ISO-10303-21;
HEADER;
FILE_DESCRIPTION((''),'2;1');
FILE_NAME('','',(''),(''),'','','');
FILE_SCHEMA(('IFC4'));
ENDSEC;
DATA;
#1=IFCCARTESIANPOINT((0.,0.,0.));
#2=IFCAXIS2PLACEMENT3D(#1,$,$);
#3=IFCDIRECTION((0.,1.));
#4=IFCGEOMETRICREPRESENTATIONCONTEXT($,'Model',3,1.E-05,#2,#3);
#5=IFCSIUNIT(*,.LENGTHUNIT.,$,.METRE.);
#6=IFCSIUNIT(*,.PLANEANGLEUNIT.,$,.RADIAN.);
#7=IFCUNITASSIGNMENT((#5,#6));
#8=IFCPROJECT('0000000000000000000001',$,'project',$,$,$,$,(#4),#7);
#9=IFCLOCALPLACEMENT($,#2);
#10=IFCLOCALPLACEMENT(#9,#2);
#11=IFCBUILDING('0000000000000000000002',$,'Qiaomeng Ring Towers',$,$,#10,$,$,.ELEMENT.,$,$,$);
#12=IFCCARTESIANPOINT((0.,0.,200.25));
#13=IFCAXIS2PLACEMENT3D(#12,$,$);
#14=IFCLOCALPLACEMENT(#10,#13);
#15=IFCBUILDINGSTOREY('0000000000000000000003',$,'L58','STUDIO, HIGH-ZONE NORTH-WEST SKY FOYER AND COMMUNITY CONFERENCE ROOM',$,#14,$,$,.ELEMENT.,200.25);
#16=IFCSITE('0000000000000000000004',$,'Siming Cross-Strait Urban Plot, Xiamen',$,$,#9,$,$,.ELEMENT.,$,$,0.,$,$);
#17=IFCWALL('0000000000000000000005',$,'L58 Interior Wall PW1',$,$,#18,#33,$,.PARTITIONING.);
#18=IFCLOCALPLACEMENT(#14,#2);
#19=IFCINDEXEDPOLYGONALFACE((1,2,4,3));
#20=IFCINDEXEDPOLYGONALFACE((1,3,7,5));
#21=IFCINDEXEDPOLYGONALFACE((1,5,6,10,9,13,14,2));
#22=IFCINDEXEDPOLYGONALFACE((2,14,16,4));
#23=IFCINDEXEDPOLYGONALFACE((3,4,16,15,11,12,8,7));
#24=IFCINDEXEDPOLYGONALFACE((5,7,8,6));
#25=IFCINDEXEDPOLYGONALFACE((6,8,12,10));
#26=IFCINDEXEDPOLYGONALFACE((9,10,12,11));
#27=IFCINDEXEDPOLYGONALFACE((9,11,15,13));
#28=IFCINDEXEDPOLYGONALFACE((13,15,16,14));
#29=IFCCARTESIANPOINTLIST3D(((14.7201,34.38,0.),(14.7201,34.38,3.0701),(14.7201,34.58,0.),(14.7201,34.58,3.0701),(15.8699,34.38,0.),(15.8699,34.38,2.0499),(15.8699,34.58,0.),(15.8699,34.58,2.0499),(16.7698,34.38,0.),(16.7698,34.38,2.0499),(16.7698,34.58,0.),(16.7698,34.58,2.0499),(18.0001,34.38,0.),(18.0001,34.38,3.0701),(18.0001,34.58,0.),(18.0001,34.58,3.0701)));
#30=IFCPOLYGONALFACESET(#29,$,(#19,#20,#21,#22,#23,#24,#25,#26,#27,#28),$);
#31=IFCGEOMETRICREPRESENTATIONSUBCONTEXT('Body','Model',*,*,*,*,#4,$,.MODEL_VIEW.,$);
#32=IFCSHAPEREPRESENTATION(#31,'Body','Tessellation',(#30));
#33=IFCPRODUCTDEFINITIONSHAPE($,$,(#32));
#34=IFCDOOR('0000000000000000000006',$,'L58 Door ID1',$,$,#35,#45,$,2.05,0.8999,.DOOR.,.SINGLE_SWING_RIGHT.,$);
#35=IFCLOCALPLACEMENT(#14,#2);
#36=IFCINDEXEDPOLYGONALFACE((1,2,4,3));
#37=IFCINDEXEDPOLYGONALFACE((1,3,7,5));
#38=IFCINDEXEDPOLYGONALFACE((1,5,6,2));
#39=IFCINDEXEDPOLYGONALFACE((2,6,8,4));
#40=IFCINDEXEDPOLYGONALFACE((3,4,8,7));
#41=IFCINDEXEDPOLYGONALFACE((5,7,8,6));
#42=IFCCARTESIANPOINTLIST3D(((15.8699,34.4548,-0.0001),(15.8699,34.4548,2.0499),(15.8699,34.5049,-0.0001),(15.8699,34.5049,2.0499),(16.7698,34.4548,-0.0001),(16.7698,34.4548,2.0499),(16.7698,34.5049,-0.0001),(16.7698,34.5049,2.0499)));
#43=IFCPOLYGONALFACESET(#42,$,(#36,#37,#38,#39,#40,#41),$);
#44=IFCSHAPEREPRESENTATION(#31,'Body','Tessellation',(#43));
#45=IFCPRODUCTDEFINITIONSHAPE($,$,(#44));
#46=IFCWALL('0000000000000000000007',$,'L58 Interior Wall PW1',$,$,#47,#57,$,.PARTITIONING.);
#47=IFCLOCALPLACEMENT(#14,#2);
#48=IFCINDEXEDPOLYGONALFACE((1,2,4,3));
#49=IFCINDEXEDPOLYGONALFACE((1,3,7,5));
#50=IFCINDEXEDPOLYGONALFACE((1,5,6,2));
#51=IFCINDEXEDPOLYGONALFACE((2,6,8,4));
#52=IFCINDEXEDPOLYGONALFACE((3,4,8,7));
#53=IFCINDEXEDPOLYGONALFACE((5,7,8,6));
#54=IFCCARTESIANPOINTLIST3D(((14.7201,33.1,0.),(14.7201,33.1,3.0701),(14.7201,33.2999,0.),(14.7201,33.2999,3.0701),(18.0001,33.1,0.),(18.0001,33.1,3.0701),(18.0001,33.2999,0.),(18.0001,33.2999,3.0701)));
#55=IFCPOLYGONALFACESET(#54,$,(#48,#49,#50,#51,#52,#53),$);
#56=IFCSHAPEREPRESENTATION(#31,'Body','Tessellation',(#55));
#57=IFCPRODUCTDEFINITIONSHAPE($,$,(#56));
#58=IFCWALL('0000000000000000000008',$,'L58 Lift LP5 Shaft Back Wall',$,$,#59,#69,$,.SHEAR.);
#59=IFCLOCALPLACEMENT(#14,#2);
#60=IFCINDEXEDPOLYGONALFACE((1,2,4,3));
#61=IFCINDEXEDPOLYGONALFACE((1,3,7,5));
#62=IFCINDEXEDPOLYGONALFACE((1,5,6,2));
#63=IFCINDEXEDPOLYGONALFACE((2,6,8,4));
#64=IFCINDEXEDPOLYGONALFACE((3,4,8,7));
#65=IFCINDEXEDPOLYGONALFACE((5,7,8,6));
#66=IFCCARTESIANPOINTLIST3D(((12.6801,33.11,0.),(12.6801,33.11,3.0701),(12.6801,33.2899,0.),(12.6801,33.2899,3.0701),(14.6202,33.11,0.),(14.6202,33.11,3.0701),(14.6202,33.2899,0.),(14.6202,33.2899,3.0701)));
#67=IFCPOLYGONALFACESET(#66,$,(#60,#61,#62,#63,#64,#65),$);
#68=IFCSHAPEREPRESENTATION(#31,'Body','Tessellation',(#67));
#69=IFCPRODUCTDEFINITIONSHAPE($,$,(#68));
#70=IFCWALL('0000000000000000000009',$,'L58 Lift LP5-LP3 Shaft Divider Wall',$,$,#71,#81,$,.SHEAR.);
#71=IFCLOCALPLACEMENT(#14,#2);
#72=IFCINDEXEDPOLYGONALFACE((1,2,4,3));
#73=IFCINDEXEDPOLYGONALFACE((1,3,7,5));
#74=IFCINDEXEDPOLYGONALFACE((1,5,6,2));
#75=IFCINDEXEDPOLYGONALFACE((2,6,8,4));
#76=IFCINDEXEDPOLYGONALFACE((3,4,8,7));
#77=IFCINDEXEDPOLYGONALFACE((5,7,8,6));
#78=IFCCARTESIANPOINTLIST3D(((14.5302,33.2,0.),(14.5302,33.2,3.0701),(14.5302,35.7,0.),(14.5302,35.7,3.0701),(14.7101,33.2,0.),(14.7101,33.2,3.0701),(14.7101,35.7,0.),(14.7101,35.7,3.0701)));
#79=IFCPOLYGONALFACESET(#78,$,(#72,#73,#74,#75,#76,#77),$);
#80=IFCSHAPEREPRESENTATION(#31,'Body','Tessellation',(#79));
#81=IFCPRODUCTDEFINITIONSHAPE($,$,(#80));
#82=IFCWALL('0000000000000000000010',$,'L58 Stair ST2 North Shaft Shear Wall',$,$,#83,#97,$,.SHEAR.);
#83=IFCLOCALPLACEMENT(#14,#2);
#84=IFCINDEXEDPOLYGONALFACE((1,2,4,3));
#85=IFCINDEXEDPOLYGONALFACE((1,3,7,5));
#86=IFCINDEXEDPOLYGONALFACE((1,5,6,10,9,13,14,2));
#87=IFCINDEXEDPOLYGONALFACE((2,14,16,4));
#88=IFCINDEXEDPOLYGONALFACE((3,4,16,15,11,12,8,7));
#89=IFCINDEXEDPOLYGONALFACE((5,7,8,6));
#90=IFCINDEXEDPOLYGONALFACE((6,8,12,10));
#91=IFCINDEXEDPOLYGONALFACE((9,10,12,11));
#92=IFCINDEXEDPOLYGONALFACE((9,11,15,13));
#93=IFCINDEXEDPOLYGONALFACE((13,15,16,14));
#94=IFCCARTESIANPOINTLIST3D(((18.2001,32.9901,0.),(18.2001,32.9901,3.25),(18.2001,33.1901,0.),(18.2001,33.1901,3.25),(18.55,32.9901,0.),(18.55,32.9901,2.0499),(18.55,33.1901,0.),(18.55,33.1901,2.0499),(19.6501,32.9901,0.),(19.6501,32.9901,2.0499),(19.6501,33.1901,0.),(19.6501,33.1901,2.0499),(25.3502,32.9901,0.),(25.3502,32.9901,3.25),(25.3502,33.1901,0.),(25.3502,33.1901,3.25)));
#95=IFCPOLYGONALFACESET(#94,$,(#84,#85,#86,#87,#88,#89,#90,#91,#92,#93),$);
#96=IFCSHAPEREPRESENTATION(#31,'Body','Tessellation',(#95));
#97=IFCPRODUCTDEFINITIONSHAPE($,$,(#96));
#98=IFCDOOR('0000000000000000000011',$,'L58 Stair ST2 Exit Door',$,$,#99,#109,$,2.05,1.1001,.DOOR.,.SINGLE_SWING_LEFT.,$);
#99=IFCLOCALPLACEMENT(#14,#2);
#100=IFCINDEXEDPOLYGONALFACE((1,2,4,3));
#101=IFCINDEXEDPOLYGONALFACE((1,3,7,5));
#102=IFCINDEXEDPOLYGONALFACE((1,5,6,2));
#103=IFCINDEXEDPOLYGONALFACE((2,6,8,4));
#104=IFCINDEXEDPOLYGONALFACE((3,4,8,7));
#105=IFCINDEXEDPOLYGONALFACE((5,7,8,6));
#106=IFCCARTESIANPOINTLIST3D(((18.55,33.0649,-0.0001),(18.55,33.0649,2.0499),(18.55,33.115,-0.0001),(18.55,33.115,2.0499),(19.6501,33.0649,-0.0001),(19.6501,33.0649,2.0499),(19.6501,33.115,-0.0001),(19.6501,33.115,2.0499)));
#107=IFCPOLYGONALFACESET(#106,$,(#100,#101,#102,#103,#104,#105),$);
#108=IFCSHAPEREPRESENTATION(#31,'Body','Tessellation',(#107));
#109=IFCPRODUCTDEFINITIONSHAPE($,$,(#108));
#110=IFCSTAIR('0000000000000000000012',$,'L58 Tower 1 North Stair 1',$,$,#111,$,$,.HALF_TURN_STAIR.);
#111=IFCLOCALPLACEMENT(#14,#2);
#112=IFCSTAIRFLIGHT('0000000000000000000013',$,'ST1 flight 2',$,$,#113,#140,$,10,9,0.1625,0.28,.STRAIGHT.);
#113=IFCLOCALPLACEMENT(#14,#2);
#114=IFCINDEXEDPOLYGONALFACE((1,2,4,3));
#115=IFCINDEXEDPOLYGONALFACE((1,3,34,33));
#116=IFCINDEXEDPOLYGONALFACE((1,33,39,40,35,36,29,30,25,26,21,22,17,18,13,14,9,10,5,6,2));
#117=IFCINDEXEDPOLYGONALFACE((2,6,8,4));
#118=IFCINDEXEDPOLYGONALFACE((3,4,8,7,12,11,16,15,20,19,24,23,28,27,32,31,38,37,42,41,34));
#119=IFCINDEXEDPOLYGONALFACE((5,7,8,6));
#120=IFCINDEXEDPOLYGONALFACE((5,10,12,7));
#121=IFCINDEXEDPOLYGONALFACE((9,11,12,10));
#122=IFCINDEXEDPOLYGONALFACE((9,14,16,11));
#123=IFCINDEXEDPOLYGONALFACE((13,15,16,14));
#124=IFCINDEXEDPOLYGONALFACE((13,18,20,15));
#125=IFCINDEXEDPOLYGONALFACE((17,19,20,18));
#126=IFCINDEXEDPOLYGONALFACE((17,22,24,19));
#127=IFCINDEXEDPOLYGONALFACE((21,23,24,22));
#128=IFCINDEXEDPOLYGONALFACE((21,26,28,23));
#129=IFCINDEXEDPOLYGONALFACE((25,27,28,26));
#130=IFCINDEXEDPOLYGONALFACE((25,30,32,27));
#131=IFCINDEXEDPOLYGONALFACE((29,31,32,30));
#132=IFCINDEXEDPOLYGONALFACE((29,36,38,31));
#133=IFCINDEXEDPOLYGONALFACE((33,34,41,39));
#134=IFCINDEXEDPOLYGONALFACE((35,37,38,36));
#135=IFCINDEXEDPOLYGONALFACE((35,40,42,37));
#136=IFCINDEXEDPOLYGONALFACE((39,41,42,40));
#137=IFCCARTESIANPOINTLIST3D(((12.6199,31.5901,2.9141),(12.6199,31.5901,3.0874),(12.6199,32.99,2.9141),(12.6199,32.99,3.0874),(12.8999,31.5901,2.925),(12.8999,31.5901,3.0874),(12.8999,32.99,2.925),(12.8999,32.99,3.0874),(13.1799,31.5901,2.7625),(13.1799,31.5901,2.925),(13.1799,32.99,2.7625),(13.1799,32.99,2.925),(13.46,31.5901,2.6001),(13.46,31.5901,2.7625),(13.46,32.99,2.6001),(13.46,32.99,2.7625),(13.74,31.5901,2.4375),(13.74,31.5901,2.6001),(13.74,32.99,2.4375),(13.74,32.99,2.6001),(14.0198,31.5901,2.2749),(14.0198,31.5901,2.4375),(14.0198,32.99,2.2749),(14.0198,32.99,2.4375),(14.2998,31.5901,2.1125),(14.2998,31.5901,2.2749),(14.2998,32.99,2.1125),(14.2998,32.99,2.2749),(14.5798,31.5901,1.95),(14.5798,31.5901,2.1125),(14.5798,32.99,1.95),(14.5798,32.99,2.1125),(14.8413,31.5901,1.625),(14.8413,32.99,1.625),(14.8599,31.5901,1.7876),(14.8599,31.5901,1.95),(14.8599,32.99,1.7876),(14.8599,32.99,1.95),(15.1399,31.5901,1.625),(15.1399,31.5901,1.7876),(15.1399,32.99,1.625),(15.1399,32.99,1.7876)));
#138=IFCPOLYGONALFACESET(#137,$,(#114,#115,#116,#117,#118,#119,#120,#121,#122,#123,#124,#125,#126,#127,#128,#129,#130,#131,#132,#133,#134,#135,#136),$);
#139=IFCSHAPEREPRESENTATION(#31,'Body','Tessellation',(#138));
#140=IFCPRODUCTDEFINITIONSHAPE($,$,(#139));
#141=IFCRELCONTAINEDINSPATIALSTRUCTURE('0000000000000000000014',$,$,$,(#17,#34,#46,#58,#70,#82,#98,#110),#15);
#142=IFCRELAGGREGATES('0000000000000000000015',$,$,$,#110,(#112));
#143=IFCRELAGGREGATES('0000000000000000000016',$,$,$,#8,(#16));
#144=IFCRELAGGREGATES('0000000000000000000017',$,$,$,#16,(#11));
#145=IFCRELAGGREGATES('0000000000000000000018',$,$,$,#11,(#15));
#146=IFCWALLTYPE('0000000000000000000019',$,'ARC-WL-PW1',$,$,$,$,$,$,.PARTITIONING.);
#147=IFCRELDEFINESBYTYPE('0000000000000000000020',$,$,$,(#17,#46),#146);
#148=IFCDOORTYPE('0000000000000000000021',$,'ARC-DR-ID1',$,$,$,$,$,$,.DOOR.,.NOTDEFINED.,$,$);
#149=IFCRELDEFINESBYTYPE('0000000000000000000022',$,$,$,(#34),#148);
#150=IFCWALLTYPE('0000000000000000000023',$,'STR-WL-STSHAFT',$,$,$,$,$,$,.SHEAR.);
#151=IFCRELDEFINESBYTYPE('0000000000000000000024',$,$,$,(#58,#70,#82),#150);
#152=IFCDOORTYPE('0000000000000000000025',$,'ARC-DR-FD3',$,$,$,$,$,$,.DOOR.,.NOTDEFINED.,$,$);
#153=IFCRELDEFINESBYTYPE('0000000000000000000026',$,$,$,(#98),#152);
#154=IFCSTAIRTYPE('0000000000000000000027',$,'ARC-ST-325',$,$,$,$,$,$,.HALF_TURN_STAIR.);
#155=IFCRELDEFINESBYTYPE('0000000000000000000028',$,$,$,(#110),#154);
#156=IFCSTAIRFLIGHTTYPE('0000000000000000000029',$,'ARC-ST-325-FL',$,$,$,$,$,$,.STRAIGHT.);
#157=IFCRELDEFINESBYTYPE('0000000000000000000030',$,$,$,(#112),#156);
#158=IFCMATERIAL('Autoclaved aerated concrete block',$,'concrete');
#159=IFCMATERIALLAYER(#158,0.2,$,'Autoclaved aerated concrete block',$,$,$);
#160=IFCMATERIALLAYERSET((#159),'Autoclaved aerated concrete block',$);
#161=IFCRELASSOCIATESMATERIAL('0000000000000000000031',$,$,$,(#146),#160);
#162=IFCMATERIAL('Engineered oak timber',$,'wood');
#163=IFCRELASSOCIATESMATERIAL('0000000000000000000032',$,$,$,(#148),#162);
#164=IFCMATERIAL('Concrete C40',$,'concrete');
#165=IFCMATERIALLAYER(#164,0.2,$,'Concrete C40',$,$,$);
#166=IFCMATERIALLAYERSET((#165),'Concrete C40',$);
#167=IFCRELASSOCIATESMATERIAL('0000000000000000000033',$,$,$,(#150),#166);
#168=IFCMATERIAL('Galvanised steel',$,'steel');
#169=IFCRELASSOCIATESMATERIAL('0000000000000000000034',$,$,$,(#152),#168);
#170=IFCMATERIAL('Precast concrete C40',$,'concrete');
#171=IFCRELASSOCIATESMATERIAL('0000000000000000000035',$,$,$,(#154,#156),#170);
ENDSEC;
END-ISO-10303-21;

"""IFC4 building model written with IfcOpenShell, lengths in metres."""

from ifc_helpers import new_model, si_unit, direction, frame, frame_2d, origin, place, context, subcontext, project, spatial, polyline, rectangle, outline, extrude, source, transform, mapped, material, layer, layer_set, type_object, element, fill, aggregate, save


model = new_model("IFC4")

# Units and contexts
model_context = context("Model", 3, precision=1e-05, world=origin(), true_north=direction((0.0, 1.0)))
body_context = subcontext(model_context, "Body", "Model", "MODEL_VIEW")
ifc_project = project(units=[si_unit("LENGTHUNIT", "METRE"), si_unit("PLANEANGLEUNIT", "RADIAN")], contexts=[model_context])

# Site, building, storey
site_placement = place(None, origin())
site = spatial("IfcSite", under=ifc_project, at=site_placement, Name="Siming Cross-Strait Urban Plot, Xiamen", CompositionType="ELEMENT", RefElevation=0.0)
building_placement = place(site_placement, origin())
building = spatial("IfcBuilding", under=site, at=building_placement, Name="Qiaomeng Ring Towers", CompositionType="ELEMENT")
storey_placement = place(building_placement, frame((0.0, 0.0, 200.25)))
storey = spatial("IfcBuildingStorey", under=building, at=storey_placement, Name="L58", Description="STUDIO, HIGH-ZONE NORTH-WEST SKY FOYER AND COMMUNITY CONFERENCE ROOM", CompositionType="ELEMENT", Elevation=200.25)

# Shared definitions
ifc_material_1 = material(Name="Autoclaved aerated concrete block", Category="concrete")
ifc_layer_1 = layer(ifc_material_1, 0.2, Name="Autoclaved aerated concrete block")
ifc_layer_set_1 = layer_set([ifc_layer_1], Name="Autoclaved aerated concrete block")
wall_type_1 = type_object("IfcWallType", Name="ARC-WL-PW1", PredefinedType="PARTITIONING", material=ifc_layer_set_1)

# Wall, opening, door
wall_1_placement = place(storey_placement, frame((14.72, 34.48, 0.0), z_axis=(0.0, 0.0, 1.0), x_axis=(1.0, 0.0, 0.0)))
wall_1 = element("IfcWall", 1, at=wall_1_placement, inside=storey, type_object=wall_type_1, Name="L58 Interior Wall PW1", PredefinedType="PARTITIONING", context=body_context, shape_type="SweptSolid", body=[
    extrude(rectangle(XDim=3.28, YDim=0.2, at=frame_2d((1.6401, 0.0))), origin(), (0.0, 0.0, 1.0), 3.0701),
])
opening_1_placement = place(wall_1_placement, frame((1.1499, 0.0, 0.0)))
opening_1 = element("IfcOpeningElement", 2, at=opening_1_placement, cuts=wall_1, PredefinedType="OPENING", context=body_context, shape_type="SweptSolid", body=[
    extrude(rectangle(XDim=0.8999, YDim=2.05, at=frame_2d((0.45, 1.0249))), frame((0.0, 0.1099, 0.0), z_axis=(0.0, -1.0, 0.0), x_axis=(1.0, 0.0, 0.0)), (0.0, 0.0, 1.0), 0.22),
])
ifc_material_2 = material(Name="Engineered oak timber", Category="wood")
door_type_1 = type_object("IfcDoorType", Name="ARC-DR-ID1", OperationType="NOTDEFINED", PredefinedType="DOOR", material=ifc_material_2)
shared_shape_1 = source(origin(), body_context, "Body", "SweptSolid", [
    extrude(rectangle(XDim=0.8999, YDim=2.05, at=frame_2d((0.45, 1.0249))), frame((0.0, 0.0249, 0.0), z_axis=(0.0, -1.0, 0.0), x_axis=(1.0, 0.0, 0.0)), (0.0, 0.0, 1.0), 0.05),
])
door_1_placement = place(opening_1_placement, origin())
door_1 = element("IfcDoor", 3, at=door_1_placement, inside=storey, type_object=door_type_1, Name="L58 Door ID1", OperationType="SINGLE_SWING_RIGHT", OverallHeight=2.05, OverallWidth=0.8999, PredefinedType="DOOR", context=body_context, shape_type="MappedRepresentation", body=[
    mapped(shared_shape_1, transform((0.0, 0.0, 0.0), x_axis=(1.0, 0.0, 0.0), y_axis=(0.0, 1.0, 0.0), z_axis=(0.0, 0.0, 1.0), scale=1.0)),
])
fill(opening_1, door_1)

# Walls
wall_2_placement = place(storey_placement, frame((14.72, 33.2, 0.0), z_axis=(0.0, 0.0, 1.0), x_axis=(1.0, 0.0, 0.0)))
element("IfcWall", 4, at=wall_2_placement, inside=storey, type_object=wall_type_1, Name="L58 Interior Wall PW1", PredefinedType="PARTITIONING", context=body_context, shape_type="SweptSolid", body=[
    extrude(rectangle(XDim=3.28, YDim=0.2, at=frame_2d((1.6401, 0.0))), origin(), (0.0, 0.0, 1.0), 3.0701),
])
ifc_material_3 = material(Name="Concrete C40", Category="concrete")
ifc_layer_2 = layer(ifc_material_3, 0.2, Name="Concrete C40")
ifc_layer_set_2 = layer_set([ifc_layer_2], Name="Concrete C40")
wall_type_2 = type_object("IfcWallType", Name="STR-WL-STSHAFT", PredefinedType="SHEAR", material=ifc_layer_set_2)
wall_3_placement = place(storey_placement, frame((12.6799, 33.2, 0.0), z_axis=(0.0, 0.0, 1.0), x_axis=(1.0, 0.0, 0.0)))
element("IfcWall", 5, at=wall_3_placement, inside=storey, type_object=wall_type_2, Name="L58 Lift LP5 Shaft Back Wall", PredefinedType="SHEAR", context=body_context, shape_type="SweptSolid", body=[
    extrude(rectangle(XDim=1.9402, YDim=0.1799, at=frame_2d((0.9702, 0.0))), origin(), (0.0, 0.0, 1.0), 3.0701),
])
wall_4_placement = place(storey_placement, frame((14.6201, 33.2, 0.0), z_axis=(0.0, 0.0, 1.0), x_axis=(0.0, 1.0, 0.0)))
element("IfcWall", 6, at=wall_4_placement, inside=storey, type_object=wall_type_2, Name="L58 Lift LP5-LP3 Shaft Divider Wall", PredefinedType="SHEAR", context=body_context, shape_type="SweptSolid", body=[
    extrude(rectangle(XDim=2.5, YDim=0.1799, at=frame_2d((1.25, 0.0))), origin(), (0.0, 0.0, 1.0), 3.0701),
])

# Wall, opening, door
wall_5_placement = place(storey_placement, frame((18.2, 33.0901, 0.0), z_axis=(0.0, 0.0, 1.0), x_axis=(1.0, 0.0, 0.0)))
wall_5 = element("IfcWall", 7, at=wall_5_placement, inside=storey, type_object=wall_type_2, Name="L58 Stair ST2 North Shaft Shear Wall", PredefinedType="SHEAR", context=body_context, shape_type="SweptSolid", body=[
    extrude(rectangle(XDim=7.1501, YDim=0.2, at=frame_2d((3.5752, 0.0))), origin(), (0.0, 0.0, 1.0), 3.25),
])
opening_2_placement = place(wall_5_placement, frame((0.3501, 0.0, 0.0)))
opening_2 = element("IfcOpeningElement", 8, at=opening_2_placement, cuts=wall_5, PredefinedType="OPENING", context=body_context, shape_type="SweptSolid", body=[
    extrude(rectangle(XDim=1.1001, YDim=2.05, at=frame_2d((0.55, 1.0249))), frame((0.0, 0.1099, 0.0), z_axis=(0.0, -1.0, 0.0), x_axis=(1.0, 0.0, 0.0)), (0.0, 0.0, 1.0), 0.22),
])
ifc_material_4 = material(Name="Galvanised steel", Category="steel")
door_type_2 = type_object("IfcDoorType", Name="ARC-DR-FD3", OperationType="NOTDEFINED", PredefinedType="DOOR", material=ifc_material_4)
shared_shape_2 = source(origin(), body_context, "Body", "SweptSolid", [
    extrude(rectangle(XDim=1.1001, YDim=2.05, at=frame_2d((0.55, 1.0249))), frame((0.0, 0.0249, 0.0), z_axis=(0.0, -1.0, 0.0), x_axis=(1.0, 0.0, 0.0)), (0.0, 0.0, 1.0), 0.05),
])
door_2_placement = place(opening_2_placement, origin())
door_2 = element("IfcDoor", 9, at=door_2_placement, inside=storey, type_object=door_type_2, Name="L58 Stair ST2 Exit Door", OperationType="SINGLE_SWING_LEFT", OverallHeight=2.05, OverallWidth=1.1001, PredefinedType="DOOR", context=body_context, shape_type="MappedRepresentation", body=[
    mapped(shared_shape_2, transform((0.0, 0.0, 0.0), x_axis=(1.0, 0.0, 0.0), y_axis=(0.0, 1.0, 0.0), z_axis=(0.0, 0.0, 1.0), scale=1.0)),
])
fill(opening_2, door_2)

# Stair, stair flight
ifc_material_5 = material(Name="Precast concrete C40", Category="concrete")
stair_type = type_object("IfcStairType", Name="ARC-ST-325", PredefinedType="HALF_TURN_STAIR", material=ifc_material_5)
stair_placement = place(storey_placement, origin())
stair = element("IfcStair", 10, at=stair_placement, inside=storey, type_object=stair_type, Name="L58 Tower 1 North Stair 1", PredefinedType="HALF_TURN_STAIR")
stair_flight_type = type_object("IfcStairFlightType", Name="ARC-ST-325-FL", PredefinedType="STRAIGHT", material=ifc_material_5)
shared_shape_3 = source(origin(), body_context, "Body", "SweptSolid", [
    extrude(outline(polyline([(0.0, 0.0), (0.0, 0.1626), (0.28, 0.1626), (0.28, 0.325), (0.5601, 0.325), (0.5601, 0.4875), (0.8401, 0.4875), (0.8401, 0.6499), (1.1201, 0.6499), (1.1201, 0.8125), (1.3999, 0.8125), (1.3999, 0.9751), (1.6799, 0.9751), (1.6799, 1.1375), (1.96, 1.1375), (1.96, 1.3), (2.24, 1.3), (2.24, 1.4624), (2.52, 1.4624), (2.52, 1.625), (2.52, 1.2891), (0.2986, 0.0), (0.0, 0.0)])), frame((0.0, 0.7, 0.0), z_axis=(0.0, -1.0, 0.0), x_axis=(1.0, 0.0, 0.0)), (0.0, 0.0, 1.0), 1.3999),
])
stair_flight_placement = place(storey_placement, frame((15.1399, 32.29, 1.625), z_axis=(0.0, 0.0, 1.0), x_axis=(-1.0, 0.0, 0.0)))
stair_flight = element("IfcStairFlight", 11, at=stair_flight_placement, type_object=stair_flight_type, Name="ST1 flight 2", NumberOfRisers=10, NumberOfTreads=9, PredefinedType="STRAIGHT", RiserHeight=0.1625, TreadLength=0.28, context=body_context, shape_type="MappedRepresentation", body=[
    mapped(shared_shape_3, transform((0.0, 0.0, 0.0), x_axis=(1.0, 0.0, 0.0), y_axis=(0.0, 1.0, 0.0), z_axis=(0.0, 0.0, 1.0), scale=1.0)),
])
aggregate(stair, [stair_flight])

save(model, "model.ifc")
